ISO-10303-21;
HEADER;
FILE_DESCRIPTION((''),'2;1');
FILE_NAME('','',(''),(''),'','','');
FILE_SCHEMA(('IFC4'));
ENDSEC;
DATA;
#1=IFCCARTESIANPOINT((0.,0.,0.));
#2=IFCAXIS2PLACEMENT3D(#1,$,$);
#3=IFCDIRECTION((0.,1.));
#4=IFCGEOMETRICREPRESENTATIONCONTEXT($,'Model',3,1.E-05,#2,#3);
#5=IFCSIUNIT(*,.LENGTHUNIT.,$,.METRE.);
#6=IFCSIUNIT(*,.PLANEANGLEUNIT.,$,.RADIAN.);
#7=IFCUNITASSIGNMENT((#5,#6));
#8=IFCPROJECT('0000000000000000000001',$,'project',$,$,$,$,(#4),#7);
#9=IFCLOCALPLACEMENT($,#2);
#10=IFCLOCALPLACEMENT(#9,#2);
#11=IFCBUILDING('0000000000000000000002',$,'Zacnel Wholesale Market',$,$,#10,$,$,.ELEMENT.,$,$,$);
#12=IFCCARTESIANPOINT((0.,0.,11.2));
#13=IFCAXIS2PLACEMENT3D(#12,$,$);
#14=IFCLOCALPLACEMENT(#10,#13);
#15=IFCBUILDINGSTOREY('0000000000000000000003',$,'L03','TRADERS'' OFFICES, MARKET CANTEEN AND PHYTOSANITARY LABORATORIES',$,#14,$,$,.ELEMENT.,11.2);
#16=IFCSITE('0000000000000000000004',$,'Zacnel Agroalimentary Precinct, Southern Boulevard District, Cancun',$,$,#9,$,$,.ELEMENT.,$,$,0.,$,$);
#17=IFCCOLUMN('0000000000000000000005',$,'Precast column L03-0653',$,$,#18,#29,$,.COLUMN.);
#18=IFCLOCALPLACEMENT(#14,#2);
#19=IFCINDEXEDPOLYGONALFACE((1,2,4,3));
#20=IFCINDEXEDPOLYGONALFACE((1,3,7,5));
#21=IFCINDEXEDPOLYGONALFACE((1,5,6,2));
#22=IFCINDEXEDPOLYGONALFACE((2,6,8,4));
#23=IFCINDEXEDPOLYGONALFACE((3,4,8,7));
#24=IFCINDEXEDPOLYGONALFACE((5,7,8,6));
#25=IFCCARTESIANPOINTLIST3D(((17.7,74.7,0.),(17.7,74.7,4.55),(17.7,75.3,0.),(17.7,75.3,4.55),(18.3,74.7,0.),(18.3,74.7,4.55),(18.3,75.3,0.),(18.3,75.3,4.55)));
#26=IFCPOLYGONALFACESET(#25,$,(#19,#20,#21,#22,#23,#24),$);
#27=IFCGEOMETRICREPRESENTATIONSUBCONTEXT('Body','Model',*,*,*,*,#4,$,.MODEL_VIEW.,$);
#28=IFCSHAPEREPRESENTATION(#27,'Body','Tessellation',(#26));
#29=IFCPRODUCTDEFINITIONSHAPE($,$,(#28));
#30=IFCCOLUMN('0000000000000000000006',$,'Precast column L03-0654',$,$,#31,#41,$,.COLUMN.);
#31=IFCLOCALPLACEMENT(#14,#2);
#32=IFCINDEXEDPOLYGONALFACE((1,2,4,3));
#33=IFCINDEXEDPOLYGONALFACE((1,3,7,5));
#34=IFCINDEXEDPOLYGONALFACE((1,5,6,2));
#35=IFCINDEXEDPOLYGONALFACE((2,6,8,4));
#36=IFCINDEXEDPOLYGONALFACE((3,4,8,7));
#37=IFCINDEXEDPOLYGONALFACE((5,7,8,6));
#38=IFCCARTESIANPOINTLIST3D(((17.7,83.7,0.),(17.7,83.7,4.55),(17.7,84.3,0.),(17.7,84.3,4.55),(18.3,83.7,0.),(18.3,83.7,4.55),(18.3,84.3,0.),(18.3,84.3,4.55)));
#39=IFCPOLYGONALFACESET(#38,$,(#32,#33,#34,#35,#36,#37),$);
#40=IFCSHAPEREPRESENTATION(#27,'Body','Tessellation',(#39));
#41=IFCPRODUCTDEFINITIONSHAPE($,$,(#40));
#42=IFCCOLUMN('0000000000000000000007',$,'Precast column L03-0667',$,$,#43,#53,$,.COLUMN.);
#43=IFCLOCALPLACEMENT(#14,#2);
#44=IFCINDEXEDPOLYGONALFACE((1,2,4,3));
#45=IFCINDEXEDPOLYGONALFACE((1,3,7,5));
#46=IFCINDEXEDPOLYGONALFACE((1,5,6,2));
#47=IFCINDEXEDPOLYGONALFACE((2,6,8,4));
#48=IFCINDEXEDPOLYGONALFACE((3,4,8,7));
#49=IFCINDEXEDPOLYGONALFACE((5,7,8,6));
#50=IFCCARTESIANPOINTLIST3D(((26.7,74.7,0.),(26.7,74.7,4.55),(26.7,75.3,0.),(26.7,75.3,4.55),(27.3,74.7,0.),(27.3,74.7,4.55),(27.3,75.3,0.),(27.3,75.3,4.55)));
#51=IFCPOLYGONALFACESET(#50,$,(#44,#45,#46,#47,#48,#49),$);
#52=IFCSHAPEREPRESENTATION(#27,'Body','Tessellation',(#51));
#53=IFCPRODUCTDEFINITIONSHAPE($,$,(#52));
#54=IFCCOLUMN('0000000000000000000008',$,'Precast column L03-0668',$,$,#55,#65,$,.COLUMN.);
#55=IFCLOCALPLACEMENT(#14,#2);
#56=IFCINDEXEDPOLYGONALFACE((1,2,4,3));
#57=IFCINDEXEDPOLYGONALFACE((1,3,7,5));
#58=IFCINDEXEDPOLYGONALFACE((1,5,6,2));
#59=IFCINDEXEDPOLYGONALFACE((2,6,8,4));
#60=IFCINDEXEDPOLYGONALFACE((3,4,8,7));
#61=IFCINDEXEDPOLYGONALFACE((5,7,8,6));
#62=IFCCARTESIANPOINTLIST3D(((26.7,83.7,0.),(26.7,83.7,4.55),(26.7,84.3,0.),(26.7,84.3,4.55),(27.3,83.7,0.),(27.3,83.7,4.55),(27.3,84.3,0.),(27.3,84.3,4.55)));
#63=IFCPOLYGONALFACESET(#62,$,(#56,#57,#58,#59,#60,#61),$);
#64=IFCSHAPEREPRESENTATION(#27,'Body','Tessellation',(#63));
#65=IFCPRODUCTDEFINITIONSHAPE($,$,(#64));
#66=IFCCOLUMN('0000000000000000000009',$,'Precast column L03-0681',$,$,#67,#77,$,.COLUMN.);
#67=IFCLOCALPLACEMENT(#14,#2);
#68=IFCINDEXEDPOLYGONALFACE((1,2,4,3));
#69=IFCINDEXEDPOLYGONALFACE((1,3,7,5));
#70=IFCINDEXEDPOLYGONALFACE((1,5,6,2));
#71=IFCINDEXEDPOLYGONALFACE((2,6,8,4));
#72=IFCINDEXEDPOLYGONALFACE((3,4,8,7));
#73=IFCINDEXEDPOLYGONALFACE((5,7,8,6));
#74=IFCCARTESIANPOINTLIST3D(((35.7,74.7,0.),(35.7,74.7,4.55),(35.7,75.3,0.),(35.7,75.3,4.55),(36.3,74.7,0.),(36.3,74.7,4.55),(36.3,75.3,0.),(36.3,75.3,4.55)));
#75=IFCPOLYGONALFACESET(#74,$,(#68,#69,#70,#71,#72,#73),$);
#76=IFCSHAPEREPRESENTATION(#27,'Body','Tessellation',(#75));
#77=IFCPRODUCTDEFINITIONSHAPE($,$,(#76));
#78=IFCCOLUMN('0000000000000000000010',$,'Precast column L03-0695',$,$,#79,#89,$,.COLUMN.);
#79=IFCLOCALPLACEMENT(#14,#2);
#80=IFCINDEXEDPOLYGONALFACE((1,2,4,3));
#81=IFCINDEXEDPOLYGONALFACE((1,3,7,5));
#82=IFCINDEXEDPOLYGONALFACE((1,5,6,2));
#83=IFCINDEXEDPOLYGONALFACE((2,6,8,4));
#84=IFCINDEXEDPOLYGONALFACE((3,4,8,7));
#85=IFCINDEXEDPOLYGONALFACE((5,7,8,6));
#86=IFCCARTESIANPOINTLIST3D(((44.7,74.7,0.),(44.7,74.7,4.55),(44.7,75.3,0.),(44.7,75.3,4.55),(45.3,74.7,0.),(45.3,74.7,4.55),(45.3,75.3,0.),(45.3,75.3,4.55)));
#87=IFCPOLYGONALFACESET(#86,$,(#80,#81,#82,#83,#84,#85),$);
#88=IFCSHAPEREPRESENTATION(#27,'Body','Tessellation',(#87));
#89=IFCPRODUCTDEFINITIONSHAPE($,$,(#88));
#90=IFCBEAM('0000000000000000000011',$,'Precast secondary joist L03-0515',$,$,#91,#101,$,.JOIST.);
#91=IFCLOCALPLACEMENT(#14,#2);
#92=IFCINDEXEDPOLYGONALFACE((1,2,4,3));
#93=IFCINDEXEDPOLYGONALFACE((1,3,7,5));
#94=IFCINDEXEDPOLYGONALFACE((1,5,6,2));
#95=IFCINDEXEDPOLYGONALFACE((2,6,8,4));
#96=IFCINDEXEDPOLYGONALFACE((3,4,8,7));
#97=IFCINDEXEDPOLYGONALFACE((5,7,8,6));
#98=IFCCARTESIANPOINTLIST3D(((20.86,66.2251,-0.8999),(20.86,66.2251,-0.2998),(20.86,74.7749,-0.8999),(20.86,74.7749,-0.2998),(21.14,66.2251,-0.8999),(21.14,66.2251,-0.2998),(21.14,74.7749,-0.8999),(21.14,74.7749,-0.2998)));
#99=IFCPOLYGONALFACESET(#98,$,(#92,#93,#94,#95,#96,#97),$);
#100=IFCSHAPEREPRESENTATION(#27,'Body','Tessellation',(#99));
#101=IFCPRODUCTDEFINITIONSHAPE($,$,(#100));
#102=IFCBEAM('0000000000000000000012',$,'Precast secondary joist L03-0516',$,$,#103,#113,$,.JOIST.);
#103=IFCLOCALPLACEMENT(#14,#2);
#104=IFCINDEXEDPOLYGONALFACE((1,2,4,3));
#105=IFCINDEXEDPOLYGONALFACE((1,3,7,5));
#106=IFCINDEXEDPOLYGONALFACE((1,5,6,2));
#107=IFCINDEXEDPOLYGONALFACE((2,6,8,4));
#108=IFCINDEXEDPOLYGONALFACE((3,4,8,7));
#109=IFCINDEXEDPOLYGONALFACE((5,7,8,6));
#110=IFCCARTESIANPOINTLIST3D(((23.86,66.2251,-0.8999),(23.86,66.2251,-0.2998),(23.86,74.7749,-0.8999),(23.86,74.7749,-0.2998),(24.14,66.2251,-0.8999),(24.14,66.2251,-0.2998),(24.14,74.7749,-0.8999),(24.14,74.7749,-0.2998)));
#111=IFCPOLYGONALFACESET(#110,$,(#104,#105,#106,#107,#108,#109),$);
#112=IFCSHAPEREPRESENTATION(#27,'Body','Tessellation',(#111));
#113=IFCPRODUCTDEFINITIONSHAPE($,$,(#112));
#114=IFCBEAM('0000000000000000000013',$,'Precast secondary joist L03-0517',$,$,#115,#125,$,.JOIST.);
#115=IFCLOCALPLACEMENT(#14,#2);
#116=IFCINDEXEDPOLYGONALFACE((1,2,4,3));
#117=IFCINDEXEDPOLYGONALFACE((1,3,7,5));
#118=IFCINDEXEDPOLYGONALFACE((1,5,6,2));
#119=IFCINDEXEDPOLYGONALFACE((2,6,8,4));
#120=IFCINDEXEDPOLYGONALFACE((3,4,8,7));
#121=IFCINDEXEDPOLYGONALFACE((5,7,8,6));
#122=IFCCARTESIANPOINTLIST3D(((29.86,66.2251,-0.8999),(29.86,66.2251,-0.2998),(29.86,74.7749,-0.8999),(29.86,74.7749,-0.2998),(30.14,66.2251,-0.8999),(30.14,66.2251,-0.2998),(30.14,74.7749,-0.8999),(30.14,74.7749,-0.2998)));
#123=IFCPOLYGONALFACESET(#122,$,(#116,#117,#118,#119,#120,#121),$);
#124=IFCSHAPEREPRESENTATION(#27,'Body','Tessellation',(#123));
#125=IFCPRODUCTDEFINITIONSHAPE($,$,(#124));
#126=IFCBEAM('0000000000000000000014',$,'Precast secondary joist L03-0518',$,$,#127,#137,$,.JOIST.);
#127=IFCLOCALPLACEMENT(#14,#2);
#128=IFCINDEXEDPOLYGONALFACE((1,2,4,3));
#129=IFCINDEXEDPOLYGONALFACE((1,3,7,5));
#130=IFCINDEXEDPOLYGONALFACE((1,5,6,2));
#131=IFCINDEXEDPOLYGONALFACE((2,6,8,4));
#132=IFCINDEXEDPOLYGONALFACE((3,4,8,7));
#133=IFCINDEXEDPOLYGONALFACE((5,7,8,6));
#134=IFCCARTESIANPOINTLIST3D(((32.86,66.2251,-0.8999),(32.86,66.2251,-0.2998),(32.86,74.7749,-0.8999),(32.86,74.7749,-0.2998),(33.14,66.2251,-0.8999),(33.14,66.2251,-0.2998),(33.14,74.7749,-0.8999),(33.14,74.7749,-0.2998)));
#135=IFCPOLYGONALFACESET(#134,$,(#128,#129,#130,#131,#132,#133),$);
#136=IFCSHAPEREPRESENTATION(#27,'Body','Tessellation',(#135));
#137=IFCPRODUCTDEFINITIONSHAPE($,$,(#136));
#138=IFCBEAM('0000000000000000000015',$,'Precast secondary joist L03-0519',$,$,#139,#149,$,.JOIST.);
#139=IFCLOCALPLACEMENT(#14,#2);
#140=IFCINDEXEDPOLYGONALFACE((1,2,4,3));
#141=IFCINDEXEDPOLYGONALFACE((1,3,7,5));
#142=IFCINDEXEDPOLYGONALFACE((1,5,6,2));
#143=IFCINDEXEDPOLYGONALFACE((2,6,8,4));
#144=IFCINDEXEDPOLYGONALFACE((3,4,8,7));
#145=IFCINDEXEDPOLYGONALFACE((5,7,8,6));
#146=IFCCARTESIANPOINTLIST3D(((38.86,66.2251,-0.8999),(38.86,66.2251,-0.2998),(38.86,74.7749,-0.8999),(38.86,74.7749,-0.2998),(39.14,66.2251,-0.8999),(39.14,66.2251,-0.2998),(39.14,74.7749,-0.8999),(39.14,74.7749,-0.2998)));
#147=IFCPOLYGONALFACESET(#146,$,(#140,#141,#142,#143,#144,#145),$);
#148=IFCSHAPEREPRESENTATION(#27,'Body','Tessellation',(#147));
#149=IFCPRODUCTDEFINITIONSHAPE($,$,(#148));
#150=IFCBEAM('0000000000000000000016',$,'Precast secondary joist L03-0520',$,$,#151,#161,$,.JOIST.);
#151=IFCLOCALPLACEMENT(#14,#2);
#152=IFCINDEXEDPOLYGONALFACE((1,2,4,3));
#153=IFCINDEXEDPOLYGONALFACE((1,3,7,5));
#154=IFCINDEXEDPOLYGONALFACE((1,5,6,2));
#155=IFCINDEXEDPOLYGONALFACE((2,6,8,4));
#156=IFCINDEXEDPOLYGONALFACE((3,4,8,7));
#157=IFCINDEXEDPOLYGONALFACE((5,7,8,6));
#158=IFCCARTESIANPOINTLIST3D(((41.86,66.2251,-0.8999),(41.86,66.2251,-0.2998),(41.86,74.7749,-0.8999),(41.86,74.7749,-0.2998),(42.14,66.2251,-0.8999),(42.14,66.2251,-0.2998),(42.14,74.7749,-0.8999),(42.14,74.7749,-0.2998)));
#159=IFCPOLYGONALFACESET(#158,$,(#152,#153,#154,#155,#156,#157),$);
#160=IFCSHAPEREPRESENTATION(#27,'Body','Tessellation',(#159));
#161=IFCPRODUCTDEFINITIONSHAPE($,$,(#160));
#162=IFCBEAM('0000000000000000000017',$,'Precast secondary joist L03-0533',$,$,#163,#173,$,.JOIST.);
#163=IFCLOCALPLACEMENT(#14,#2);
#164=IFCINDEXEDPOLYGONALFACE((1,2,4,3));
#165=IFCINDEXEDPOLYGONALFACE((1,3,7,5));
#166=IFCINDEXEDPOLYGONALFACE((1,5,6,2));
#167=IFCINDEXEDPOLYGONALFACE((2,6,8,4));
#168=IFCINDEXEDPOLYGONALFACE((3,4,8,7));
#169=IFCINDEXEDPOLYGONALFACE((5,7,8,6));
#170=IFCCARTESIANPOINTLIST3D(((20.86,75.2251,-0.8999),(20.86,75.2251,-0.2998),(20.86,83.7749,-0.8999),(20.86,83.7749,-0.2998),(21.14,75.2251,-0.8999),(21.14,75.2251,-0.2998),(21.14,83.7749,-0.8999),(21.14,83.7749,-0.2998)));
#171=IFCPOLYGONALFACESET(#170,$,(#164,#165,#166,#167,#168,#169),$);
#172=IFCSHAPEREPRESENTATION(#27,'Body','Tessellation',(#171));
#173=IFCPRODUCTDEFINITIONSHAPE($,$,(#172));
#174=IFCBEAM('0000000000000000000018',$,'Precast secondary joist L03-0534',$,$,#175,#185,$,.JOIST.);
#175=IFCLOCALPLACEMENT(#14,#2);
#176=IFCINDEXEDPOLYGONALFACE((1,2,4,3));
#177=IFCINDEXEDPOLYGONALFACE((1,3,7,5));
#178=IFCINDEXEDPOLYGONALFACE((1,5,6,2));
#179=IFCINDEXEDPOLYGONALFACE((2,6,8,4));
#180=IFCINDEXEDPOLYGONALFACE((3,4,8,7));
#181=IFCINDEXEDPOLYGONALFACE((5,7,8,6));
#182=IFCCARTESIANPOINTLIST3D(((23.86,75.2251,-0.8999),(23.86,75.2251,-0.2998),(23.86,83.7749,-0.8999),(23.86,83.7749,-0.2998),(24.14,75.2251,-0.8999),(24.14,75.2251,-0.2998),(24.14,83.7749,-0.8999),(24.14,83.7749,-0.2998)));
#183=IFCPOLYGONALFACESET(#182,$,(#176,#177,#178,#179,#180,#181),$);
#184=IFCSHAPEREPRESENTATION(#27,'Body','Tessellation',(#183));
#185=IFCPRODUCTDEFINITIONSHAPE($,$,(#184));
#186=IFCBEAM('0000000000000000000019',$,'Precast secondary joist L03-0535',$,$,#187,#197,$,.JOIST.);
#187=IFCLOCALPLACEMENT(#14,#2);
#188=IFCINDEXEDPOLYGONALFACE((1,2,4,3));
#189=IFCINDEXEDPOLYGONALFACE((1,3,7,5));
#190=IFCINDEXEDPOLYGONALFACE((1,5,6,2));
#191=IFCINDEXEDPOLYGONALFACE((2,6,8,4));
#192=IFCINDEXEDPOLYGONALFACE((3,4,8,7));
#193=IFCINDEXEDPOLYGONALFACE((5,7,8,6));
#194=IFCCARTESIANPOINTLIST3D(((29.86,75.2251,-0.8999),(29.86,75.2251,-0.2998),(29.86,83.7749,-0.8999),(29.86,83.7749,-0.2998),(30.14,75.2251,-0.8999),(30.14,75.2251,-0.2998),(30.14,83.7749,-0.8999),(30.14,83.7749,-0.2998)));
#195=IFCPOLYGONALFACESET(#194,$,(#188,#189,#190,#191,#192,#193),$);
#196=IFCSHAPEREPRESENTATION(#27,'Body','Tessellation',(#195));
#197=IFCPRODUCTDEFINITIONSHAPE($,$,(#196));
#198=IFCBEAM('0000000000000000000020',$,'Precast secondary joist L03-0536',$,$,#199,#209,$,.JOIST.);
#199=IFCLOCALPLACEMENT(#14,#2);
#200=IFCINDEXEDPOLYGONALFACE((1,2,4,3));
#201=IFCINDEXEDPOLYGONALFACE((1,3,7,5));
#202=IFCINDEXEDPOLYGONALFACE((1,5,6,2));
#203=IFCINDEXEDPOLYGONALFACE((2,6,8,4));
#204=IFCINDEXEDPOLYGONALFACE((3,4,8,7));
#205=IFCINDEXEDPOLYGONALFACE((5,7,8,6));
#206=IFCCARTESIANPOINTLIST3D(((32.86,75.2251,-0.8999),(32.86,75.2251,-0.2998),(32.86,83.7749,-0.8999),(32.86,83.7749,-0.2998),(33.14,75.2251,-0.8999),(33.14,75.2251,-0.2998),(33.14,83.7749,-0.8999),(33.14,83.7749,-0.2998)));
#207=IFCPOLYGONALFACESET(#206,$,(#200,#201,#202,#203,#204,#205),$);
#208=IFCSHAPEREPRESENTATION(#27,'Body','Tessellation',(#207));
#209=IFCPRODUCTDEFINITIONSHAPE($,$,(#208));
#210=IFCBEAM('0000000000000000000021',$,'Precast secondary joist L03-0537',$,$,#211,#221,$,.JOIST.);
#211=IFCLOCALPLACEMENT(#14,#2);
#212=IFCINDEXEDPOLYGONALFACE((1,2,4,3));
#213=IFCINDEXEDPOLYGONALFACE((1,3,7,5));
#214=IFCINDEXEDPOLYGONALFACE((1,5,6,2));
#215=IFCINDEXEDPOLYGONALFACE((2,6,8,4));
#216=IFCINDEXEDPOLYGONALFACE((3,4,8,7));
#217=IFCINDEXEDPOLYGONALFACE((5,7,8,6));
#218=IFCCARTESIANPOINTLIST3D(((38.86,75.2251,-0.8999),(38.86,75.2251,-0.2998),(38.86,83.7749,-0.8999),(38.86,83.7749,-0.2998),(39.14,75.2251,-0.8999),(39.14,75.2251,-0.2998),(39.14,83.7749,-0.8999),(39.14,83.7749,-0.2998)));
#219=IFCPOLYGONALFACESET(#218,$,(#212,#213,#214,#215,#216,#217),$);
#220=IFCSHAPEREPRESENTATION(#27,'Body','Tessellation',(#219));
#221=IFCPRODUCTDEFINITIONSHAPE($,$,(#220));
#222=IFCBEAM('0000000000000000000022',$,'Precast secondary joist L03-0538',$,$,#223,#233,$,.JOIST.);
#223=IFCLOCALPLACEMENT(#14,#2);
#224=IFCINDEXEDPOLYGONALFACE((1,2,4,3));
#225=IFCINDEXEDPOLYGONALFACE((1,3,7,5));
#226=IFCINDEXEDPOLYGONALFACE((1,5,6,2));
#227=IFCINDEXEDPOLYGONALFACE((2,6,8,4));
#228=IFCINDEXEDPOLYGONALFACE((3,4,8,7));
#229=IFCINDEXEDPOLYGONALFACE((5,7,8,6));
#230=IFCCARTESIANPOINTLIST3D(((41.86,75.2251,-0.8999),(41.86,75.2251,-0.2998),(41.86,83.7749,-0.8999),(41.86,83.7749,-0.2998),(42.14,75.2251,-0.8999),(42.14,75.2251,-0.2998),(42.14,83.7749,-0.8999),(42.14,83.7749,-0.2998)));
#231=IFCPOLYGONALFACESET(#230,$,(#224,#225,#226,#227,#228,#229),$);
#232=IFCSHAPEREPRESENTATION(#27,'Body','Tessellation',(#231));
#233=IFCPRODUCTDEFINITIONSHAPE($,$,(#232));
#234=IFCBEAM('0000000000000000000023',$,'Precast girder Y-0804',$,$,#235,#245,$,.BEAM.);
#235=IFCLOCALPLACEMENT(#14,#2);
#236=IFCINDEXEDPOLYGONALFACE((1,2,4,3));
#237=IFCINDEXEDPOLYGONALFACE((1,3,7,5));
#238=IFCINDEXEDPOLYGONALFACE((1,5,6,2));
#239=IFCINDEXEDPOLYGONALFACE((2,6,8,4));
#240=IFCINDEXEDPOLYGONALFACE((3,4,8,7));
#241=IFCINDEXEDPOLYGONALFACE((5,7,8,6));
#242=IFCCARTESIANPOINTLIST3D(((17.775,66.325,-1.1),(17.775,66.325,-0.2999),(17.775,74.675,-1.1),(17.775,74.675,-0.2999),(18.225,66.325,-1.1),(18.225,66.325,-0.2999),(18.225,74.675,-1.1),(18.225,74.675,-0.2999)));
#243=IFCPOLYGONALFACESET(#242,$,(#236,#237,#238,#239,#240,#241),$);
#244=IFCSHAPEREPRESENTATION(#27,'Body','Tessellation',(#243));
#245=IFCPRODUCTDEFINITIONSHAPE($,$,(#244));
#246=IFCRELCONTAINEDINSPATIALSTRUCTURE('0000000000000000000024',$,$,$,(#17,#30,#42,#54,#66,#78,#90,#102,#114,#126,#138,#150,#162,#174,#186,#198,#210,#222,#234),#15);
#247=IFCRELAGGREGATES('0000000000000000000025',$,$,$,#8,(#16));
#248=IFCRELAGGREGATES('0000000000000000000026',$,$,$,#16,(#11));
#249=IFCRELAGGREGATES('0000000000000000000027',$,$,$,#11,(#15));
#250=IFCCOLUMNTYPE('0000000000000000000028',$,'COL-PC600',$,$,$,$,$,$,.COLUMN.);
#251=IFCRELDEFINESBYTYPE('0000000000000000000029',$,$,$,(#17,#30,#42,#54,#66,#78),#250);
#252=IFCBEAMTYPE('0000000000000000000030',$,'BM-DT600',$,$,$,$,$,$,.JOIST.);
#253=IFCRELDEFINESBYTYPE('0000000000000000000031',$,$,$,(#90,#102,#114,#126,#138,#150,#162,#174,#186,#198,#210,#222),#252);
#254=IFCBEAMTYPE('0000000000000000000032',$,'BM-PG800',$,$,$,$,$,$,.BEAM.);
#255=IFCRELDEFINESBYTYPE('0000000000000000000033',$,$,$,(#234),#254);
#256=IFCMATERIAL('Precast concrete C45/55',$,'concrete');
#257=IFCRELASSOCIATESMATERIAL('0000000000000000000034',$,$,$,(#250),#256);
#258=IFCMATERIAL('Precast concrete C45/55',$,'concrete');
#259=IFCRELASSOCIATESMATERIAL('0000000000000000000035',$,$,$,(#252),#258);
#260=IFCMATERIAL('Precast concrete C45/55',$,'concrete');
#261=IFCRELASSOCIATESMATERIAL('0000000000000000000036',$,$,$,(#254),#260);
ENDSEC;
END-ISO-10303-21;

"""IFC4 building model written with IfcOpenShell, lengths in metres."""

from ifc_helpers import new_model, si_unit, direction, frame, origin, origin_2d, place, context, subcontext, project, spatial, rectangle, extrude, material, material_profile, profile_set, type_object, element, save


model = new_model("IFC4")

# Units and contexts
model_context = context("Model", 3, precision=1e-05, world=origin(), true_north=direction((0.0, 1.0)))
body_context = subcontext(model_context, "Body", "Model", "MODEL_VIEW")
ifc_project = project(units=[si_unit("LENGTHUNIT", "METRE"), si_unit("PLANEANGLEUNIT", "RADIAN")], contexts=[model_context])

# Site, building, storey
site_placement = place(None, origin())
site = spatial("IfcSite", under=ifc_project, at=site_placement, Name="Zacnel Agroalimentary Precinct, Southern Boulevard District, Cancun", CompositionType="ELEMENT", RefElevation=0.0)
building_placement = place(site_placement, origin())
building = spatial("IfcBuilding", under=site, at=building_placement, Name="Zacnel Wholesale Market", CompositionType="ELEMENT")
storey_placement = place(building_placement, frame((0.0, 0.0, 11.2)))
storey = spatial("IfcBuildingStorey", under=building, at=storey_placement, Name="L03", Description="TRADERS' OFFICES, MARKET CANTEEN AND PHYTOSANITARY LABORATORIES", CompositionType="ELEMENT", Elevation=11.2)

# Columns
ifc_material_1 = material(Name="Precast concrete C45/55", Category="concrete")
ifc_material_profile_1 = material_profile(ifc_material_1, rectangle(XDim=0.6001, YDim=0.6001, at=origin_2d()), Name="PC 600x600")
ifc_profile_set_1 = profile_set([ifc_material_profile_1], Name="Precast concrete C45/55")
column_type = type_object("IfcColumnType", Name="COL-PC600", PredefinedType="COLUMN", material=ifc_profile_set_1)
for number, where, z_axis, x_axis, name in (
    (1, (18.0, 75.0, 0.0), (0.0, 0.0, 1.0), (1.0, 0.0, 0.0), "Precast column L03-0653"),
    (2, (18.0, 84.0, 0.0), (0.0, 0.0, 1.0), (1.0, 0.0, 0.0), "Precast column L03-0654"),
    (3, (27.0, 75.0, 0.0), (0.0, 0.0, 1.0), (1.0, 0.0, 0.0), "Precast column L03-0667"),
    (4, (27.0, 84.0, 0.0), (0.0, 0.0, 1.0), (1.0, 0.0, 0.0), "Precast column L03-0668"),
    (5, (36.0, 75.0, 0.0), (0.0, 0.0, 1.0), (1.0, 0.0, 0.0), "Precast column L03-0681"),
    (6, (45.0, 75.0, 0.0), (0.0, 0.0, 1.0), (1.0, 0.0, 0.0), "Precast column L03-0695"),
):
    element("IfcColumn", number, at=place(storey_placement, frame(where, z_axis=z_axis, x_axis=x_axis)), inside=storey, type_object=column_type, Name=name, PredefinedType="COLUMN", context=body_context, shape_type="SweptSolid", body=[
        extrude(rectangle(XDim=0.6001, YDim=0.6001, at=origin_2d()), origin(), (0.0, 0.0, 1.0), 4.55),
    ])

# Beams
ifc_material_2 = material(Name="Precast concrete C45/55", Category="concrete")
ifc_material_profile_2 = material_profile(ifc_material_2, rectangle(XDim=0.28, YDim=0.6001, at=origin_2d()), Name="DT RIB 280x600")
ifc_profile_set_2 = profile_set([ifc_material_profile_2], Name="Precast concrete C45/55")
beam_type_1 = type_object("IfcBeamType", Name="BM-DT600", PredefinedType="JOIST", material=ifc_profile_set_2)
for number, where, z_axis, x_axis, name in (
    (7, (21.0, 66.2251, -0.5999), (0.0, 1.0, 0.0), (-1.0, 0.0, 0.0), "Precast secondary joist L03-0515"),
    (8, (24.0, 66.2251, -0.5999), (0.0, 1.0, 0.0), (-1.0, 0.0, 0.0), "Precast secondary joist L03-0516"),
    (9, (30.0, 66.2251, -0.5999), (0.0, 1.0, 0.0), (-1.0, 0.0, 0.0), "Precast secondary joist L03-0517"),
    (10, (33.0, 66.2251, -0.5999), (0.0, 1.0, 0.0), (-1.0, 0.0, 0.0), "Precast secondary joist L03-0518"),
    (11, (39.0, 66.2251, -0.5999), (0.0, 1.0, 0.0), (-1.0, 0.0, 0.0), "Precast secondary joist L03-0519"),
    (12, (42.0, 66.2251, -0.5999), (0.0, 1.0, 0.0), (-1.0, 0.0, 0.0), "Precast secondary joist L03-0520"),
    (13, (21.0, 75.2251, -0.5999), (0.0, 1.0, 0.0), (-1.0, 0.0, 0.0), "Precast secondary joist L03-0533"),
    (14, (24.0, 75.2251, -0.5999), (0.0, 1.0, 0.0), (-1.0, 0.0, 0.0), "Precast secondary joist L03-0534"),
    (15, (30.0, 75.2251, -0.5999), (0.0, 1.0, 0.0), (-1.0, 0.0, 0.0), "Precast secondary joist L03-0535"),
    (16, (33.0, 75.2251, -0.5999), (0.0, 1.0, 0.0), (-1.0, 0.0, 0.0), "Precast secondary joist L03-0536"),
    (17, (39.0, 75.2251, -0.5999), (0.0, 1.0, 0.0), (-1.0, 0.0, 0.0), "Precast secondary joist L03-0537"),
    (18, (42.0, 75.2251, -0.5999), (0.0, 1.0, 0.0), (-1.0, 0.0, 0.0), "Precast secondary joist L03-0538"),
):
    element("IfcBeam", number, at=place(storey_placement, frame(where, z_axis=z_axis, x_axis=x_axis)), inside=storey, type_object=beam_type_1, Name=name, PredefinedType="JOIST", context=body_context, shape_type="SweptSolid", body=[
        extrude(rectangle(XDim=0.28, YDim=0.6001, at=origin_2d()), origin(), (0.0, 0.0, 1.0), 8.5498),
    ])
ifc_material_3 = material(Name="Precast concrete C45/55", Category="concrete")
ifc_material_profile_3 = material_profile(ifc_material_3, rectangle(XDim=0.45, YDim=0.8, at=origin_2d()), Name="PG 450x800")
ifc_profile_set_3 = profile_set([ifc_material_profile_3], Name="Precast concrete C45/55")
beam_type_2 = type_object("IfcBeamType", Name="BM-PG800", PredefinedType="BEAM", material=ifc_profile_set_3)
for number, where, z_axis, x_axis, name in (
    (19, (18.0, 66.325, -0.7), (0.0, 1.0, 0.0), (-1.0, 0.0, 0.0), "Precast girder Y-0804"),
):
    element("IfcBeam", number, at=place(storey_placement, frame(where, z_axis=z_axis, x_axis=x_axis)), inside=storey, type_object=beam_type_2, Name=name, PredefinedType="BEAM", context=body_context, shape_type="SweptSolid", body=[
        extrude(rectangle(XDim=0.45, YDim=0.8, at=origin_2d()), origin(), (0.0, 0.0, 1.0), 8.3501),
    ])

save(model, "model.ifc")
